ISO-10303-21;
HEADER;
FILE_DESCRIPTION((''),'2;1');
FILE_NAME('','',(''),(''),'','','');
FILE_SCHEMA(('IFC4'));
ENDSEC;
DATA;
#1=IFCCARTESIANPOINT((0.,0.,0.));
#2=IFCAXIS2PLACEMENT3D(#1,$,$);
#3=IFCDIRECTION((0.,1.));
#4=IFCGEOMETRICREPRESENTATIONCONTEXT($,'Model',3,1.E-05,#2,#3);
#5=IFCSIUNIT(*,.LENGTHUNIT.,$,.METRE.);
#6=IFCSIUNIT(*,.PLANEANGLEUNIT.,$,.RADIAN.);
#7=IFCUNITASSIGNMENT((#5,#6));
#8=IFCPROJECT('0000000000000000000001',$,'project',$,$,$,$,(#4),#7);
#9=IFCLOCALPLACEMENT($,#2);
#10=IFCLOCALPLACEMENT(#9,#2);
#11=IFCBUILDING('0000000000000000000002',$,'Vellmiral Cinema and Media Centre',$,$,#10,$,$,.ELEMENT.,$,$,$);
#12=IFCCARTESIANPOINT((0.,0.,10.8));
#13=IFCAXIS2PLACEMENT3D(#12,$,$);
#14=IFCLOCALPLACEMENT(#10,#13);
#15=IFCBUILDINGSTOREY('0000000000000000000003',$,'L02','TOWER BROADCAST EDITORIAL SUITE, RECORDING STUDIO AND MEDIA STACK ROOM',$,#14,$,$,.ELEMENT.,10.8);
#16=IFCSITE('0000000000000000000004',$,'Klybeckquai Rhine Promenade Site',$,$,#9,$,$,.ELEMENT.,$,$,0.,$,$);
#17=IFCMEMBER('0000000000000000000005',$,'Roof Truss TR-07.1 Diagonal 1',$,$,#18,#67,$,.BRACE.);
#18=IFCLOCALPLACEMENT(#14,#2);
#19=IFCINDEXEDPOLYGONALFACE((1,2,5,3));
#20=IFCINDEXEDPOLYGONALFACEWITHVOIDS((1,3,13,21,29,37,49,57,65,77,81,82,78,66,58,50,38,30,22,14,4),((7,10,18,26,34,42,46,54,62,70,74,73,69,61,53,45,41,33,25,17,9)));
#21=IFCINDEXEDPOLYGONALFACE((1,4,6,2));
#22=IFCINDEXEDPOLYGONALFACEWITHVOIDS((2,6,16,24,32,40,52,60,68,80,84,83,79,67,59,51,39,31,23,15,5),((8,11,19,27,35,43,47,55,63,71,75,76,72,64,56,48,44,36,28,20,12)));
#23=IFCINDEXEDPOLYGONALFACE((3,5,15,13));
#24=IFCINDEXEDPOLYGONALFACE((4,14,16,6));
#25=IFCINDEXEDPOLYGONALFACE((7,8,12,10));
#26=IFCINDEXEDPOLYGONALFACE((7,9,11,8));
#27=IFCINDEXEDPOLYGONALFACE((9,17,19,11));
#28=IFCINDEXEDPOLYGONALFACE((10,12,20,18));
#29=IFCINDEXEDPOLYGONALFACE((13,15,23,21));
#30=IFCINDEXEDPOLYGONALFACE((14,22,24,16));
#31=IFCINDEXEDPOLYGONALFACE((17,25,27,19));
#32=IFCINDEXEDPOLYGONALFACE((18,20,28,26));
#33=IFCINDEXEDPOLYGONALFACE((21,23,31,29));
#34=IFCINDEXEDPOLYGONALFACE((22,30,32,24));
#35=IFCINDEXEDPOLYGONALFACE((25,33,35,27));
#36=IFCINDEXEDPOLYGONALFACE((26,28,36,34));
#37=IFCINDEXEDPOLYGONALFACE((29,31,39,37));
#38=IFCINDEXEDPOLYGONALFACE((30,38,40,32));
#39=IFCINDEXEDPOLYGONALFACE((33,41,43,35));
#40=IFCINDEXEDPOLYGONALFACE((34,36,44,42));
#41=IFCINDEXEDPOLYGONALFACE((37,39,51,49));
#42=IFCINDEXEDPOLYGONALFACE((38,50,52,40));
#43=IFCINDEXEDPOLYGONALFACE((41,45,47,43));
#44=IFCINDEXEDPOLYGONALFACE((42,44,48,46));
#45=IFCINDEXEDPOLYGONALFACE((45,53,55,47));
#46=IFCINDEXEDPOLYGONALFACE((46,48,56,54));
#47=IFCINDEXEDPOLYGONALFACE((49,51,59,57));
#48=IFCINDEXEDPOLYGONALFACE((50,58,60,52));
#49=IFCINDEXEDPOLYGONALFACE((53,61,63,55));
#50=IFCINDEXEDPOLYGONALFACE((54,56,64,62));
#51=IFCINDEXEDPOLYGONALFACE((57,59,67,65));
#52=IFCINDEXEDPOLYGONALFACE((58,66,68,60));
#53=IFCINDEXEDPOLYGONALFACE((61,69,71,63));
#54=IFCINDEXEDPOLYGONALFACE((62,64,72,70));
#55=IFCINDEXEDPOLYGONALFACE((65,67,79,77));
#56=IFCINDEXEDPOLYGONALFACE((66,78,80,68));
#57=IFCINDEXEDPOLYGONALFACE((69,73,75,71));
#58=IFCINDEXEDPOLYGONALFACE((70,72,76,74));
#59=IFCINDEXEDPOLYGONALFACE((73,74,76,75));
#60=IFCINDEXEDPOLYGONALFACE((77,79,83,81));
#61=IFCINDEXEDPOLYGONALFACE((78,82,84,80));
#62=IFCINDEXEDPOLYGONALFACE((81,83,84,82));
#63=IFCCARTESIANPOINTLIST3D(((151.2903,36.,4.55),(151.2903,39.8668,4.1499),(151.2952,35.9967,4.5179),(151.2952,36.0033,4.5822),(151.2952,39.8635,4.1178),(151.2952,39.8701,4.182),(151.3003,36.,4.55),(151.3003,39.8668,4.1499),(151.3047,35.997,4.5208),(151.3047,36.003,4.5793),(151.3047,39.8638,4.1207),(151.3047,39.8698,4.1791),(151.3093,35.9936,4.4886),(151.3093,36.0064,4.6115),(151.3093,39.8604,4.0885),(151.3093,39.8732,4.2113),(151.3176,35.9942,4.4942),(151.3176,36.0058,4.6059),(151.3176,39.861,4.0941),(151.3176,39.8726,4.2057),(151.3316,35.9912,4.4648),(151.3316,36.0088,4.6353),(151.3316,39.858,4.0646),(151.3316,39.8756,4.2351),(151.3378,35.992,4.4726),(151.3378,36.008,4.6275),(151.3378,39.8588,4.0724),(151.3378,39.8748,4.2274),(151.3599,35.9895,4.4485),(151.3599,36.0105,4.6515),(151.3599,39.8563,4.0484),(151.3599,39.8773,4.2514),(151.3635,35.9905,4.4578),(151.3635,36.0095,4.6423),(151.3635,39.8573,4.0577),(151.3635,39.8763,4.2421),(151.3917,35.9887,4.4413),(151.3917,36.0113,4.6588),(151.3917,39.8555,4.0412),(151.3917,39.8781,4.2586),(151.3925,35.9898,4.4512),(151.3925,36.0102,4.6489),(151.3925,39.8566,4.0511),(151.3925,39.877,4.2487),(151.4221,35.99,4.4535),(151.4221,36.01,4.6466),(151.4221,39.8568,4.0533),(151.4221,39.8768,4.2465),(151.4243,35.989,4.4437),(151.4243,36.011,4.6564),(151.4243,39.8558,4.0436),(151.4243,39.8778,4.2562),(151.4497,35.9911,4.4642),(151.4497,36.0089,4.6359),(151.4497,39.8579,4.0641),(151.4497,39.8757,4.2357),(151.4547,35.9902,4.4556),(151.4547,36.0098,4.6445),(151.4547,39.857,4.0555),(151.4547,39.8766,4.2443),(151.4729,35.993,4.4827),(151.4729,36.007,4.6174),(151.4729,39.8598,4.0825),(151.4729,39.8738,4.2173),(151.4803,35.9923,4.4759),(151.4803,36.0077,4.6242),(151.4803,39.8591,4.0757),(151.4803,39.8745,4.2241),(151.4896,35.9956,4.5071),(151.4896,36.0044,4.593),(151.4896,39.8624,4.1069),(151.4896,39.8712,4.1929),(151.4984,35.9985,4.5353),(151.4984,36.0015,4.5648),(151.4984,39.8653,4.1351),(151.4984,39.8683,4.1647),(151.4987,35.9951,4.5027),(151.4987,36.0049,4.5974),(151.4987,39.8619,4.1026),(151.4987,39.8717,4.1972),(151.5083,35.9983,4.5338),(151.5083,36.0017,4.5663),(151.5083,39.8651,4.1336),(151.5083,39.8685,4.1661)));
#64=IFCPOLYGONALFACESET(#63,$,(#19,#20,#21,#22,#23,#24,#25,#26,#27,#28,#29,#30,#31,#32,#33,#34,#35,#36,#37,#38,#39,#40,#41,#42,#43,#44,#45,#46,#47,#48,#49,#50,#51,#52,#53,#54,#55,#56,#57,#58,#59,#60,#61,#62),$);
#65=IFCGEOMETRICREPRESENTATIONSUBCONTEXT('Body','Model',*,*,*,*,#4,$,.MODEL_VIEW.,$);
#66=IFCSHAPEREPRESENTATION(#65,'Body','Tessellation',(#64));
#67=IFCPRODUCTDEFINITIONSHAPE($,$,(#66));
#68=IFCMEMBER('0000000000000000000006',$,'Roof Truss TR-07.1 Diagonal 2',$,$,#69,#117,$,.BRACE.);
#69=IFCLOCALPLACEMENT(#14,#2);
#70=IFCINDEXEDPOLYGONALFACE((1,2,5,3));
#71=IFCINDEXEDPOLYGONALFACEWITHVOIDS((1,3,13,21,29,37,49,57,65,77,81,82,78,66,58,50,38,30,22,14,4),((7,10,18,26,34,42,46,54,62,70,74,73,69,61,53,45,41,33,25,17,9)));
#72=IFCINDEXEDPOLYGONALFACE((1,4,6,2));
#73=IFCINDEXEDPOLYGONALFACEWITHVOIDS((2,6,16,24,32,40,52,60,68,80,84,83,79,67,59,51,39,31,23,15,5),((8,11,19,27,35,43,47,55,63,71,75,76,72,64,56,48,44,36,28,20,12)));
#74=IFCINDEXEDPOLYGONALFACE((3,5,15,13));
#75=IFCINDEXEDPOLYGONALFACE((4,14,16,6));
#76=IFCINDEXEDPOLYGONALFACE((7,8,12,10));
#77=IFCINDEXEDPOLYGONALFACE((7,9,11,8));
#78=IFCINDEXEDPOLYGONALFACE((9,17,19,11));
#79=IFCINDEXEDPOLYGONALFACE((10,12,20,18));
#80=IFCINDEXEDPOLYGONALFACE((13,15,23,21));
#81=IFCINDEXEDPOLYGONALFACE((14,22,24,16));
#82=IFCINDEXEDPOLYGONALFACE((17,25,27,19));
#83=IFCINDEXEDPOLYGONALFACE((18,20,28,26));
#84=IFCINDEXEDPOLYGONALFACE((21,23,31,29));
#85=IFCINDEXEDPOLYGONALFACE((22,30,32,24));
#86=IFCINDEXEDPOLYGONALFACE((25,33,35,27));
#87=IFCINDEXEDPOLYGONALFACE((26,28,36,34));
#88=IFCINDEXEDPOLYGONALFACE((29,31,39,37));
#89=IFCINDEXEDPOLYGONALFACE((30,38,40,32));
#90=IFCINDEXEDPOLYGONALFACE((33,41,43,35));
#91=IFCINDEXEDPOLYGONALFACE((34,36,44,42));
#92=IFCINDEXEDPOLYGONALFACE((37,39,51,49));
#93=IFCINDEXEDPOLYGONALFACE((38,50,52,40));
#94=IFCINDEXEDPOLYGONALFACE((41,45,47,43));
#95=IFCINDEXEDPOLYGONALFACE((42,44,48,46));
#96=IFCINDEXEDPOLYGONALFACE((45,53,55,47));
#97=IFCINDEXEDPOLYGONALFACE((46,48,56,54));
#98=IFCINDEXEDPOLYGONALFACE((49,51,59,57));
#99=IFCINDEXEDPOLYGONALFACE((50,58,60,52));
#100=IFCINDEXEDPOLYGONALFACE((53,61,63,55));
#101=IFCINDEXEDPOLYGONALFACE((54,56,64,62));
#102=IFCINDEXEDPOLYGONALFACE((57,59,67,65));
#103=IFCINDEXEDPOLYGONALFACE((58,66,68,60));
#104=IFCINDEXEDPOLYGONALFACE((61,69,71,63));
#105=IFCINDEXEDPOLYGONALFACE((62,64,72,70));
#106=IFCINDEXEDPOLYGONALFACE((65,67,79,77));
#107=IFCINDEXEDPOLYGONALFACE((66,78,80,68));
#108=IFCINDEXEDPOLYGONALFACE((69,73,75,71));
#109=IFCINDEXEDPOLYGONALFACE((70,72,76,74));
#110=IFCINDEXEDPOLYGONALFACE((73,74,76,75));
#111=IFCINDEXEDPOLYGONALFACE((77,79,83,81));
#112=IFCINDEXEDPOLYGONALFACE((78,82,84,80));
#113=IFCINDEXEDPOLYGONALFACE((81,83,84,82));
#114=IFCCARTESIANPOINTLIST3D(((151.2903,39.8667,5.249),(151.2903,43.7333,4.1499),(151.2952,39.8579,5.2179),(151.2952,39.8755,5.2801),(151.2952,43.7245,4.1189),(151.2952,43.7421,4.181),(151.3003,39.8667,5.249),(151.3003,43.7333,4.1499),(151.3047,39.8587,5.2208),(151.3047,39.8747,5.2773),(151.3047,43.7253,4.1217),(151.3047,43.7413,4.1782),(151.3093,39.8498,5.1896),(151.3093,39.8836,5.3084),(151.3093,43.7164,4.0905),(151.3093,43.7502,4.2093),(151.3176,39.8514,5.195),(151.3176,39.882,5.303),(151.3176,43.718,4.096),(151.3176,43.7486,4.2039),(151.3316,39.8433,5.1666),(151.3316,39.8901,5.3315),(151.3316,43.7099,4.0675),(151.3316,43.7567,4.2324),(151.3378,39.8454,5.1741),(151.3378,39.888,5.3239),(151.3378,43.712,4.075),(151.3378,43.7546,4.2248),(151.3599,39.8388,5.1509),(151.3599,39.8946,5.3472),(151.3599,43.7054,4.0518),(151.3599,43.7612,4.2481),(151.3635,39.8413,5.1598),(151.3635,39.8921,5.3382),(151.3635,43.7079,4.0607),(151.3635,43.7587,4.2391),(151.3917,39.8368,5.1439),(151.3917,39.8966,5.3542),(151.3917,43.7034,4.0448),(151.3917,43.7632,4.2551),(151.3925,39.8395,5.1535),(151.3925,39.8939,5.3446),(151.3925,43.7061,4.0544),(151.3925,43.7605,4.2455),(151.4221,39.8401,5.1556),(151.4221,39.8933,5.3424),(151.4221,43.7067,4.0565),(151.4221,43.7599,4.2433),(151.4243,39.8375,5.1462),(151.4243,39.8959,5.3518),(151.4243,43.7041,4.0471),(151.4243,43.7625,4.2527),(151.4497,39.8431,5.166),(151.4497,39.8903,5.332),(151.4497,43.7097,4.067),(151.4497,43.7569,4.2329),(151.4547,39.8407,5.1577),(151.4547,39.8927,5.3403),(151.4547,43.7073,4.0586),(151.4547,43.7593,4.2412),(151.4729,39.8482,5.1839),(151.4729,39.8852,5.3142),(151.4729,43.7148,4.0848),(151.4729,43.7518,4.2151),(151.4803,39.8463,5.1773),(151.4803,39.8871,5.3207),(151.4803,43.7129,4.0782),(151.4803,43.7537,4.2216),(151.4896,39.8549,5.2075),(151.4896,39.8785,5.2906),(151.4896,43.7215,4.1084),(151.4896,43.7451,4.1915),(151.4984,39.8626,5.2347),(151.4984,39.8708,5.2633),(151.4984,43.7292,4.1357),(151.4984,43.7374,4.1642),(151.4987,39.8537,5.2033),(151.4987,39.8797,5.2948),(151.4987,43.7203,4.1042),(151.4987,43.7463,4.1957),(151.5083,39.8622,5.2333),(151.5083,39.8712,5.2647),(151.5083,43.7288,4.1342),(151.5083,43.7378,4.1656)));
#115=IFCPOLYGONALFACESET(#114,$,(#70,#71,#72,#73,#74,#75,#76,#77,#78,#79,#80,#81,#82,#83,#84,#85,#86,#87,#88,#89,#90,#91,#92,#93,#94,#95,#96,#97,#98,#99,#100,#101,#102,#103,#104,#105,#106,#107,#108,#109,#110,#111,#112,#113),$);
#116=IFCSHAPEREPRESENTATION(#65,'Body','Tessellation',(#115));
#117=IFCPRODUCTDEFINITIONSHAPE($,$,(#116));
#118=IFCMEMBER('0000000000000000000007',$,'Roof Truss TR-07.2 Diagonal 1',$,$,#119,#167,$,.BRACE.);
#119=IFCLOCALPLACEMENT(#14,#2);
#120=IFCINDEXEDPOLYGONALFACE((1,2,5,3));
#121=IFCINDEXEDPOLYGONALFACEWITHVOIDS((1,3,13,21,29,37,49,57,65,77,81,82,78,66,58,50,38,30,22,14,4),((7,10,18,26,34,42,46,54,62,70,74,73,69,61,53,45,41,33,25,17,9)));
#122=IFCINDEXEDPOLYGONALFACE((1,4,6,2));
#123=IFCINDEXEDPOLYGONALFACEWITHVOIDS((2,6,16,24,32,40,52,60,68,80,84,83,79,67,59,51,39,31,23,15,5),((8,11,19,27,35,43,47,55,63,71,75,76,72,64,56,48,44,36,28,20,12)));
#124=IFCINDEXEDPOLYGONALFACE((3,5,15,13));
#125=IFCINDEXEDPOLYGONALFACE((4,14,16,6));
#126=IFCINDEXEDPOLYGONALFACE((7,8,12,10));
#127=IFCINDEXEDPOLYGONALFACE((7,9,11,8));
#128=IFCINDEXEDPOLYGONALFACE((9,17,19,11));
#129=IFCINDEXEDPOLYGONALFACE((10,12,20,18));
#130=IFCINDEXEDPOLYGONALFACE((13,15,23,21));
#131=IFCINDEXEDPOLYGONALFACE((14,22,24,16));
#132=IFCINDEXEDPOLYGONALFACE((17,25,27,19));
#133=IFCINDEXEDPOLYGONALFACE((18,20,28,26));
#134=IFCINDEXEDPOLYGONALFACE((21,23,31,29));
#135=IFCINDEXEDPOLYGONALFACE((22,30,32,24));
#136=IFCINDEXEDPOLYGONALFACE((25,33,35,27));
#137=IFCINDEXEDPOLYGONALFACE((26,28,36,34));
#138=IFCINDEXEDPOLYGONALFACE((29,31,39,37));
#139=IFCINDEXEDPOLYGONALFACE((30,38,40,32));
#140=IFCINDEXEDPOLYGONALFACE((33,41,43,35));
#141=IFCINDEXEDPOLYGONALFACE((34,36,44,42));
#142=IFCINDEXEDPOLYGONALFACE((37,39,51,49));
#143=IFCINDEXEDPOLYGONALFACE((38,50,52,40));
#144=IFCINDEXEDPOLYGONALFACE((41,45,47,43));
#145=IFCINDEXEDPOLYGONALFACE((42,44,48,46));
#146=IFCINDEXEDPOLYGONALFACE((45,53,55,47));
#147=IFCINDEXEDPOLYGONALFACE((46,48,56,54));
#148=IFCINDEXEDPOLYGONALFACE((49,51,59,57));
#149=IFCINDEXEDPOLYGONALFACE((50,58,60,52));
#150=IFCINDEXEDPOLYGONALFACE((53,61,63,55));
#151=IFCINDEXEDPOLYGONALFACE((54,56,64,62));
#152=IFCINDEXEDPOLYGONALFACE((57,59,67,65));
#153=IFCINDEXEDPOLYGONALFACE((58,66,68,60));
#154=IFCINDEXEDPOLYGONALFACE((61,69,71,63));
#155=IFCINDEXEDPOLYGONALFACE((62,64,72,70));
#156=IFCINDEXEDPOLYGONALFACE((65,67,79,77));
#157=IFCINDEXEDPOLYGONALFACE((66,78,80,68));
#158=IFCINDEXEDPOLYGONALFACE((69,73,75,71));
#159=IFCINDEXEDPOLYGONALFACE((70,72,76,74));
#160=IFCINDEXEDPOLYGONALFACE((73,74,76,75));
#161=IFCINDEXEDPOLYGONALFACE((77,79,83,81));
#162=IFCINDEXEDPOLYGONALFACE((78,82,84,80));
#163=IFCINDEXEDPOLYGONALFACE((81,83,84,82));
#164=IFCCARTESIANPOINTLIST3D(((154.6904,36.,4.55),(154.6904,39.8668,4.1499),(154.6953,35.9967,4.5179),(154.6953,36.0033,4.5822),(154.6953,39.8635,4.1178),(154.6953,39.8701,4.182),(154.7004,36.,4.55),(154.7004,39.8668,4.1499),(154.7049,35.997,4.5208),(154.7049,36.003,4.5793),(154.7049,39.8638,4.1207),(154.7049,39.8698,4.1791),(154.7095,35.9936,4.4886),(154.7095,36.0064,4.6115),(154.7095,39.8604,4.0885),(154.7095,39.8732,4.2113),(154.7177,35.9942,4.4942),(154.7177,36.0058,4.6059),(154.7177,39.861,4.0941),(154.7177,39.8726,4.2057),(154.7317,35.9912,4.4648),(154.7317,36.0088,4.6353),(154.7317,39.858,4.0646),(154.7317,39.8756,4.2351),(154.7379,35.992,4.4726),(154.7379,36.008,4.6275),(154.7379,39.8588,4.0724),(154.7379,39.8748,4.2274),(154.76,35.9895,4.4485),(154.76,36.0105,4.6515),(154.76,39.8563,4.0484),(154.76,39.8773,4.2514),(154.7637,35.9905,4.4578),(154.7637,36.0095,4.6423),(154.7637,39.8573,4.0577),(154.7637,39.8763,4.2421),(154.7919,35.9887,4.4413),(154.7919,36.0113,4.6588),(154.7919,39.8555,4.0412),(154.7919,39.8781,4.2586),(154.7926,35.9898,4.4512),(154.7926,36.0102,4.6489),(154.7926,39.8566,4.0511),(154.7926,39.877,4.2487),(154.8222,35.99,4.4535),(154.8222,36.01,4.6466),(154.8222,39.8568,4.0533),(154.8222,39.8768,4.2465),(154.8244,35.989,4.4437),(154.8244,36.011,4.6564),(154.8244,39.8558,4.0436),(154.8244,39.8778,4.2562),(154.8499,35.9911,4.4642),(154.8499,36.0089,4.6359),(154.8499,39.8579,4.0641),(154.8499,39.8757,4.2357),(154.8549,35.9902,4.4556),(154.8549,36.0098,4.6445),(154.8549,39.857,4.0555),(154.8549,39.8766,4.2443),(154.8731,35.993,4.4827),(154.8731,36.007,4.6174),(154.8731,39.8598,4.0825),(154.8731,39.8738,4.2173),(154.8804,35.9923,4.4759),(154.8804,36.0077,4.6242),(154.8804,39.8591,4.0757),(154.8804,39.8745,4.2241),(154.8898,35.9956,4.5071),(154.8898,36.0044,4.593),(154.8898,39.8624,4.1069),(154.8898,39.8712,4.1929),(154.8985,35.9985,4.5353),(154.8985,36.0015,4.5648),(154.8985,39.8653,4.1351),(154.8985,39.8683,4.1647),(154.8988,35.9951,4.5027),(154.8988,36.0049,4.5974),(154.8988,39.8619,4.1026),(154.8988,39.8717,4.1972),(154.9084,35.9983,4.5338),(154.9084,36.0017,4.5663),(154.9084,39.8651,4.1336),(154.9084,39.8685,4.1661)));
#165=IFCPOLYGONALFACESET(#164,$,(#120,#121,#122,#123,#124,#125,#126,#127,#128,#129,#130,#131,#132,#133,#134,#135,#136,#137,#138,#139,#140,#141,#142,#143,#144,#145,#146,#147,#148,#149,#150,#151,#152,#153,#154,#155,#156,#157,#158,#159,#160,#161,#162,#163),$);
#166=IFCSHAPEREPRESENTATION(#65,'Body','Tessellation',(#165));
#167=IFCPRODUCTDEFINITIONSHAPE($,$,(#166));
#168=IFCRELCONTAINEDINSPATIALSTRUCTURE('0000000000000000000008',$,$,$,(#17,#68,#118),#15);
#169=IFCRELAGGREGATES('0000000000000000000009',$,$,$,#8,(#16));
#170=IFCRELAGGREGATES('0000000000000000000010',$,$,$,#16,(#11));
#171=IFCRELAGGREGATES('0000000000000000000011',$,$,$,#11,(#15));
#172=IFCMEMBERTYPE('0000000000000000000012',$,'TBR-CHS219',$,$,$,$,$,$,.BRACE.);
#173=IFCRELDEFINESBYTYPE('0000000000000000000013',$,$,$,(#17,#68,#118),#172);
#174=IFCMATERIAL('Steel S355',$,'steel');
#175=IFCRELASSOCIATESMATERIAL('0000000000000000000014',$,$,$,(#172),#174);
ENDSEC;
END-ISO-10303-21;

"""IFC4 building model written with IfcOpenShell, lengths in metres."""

from ifc_helpers import new_model, si_unit, direction, frame, origin, origin_2d, place, context, subcontext, project, spatial, hollow_circle, extrude, material, material_profile, profile_set, type_object, element, save


model = new_model("IFC4")

# Units and contexts
model_context = context("Model", 3, precision=1e-05, world=origin(), true_north=direction((0.0, 1.0)))
body_context = subcontext(model_context, "Body", "Model", "MODEL_VIEW")
ifc_project = project(units=[si_unit("LENGTHUNIT", "METRE"), si_unit("PLANEANGLEUNIT", "RADIAN")], contexts=[model_context])

# Site, building, storey
site_placement = place(None, origin())
site = spatial("IfcSite", under=ifc_project, at=site_placement, Name="Klybeckquai Rhine Promenade Site", CompositionType="ELEMENT", RefElevation=0.0)
building_placement = place(site_placement, origin())
building = spatial("IfcBuilding", under=site, at=building_placement, Name="Vellmiral Cinema and Media Centre", CompositionType="ELEMENT")
storey_placement = place(building_placement, frame((0.0, 0.0, 10.8)))
storey = spatial("IfcBuildingStorey", under=building, at=storey_placement, Name="L02", Description="TOWER BROADCAST EDITORIAL SUITE, RECORDING STUDIO AND MEDIA STACK ROOM", CompositionType="ELEMENT", Elevation=10.8)

# Members
ifc_material_1 = material(Name="Steel S355", Category="steel")
ifc_material_profile_1 = material_profile(ifc_material_1, hollow_circle(Radius=0.1096, WallThickness=0.01, at=origin_2d()), Name="CHS 219.1x10.0")
ifc_profile_set_1 = profile_set([ifc_material_profile_1], Name="Steel S355")
member_type_1 = type_object("IfcMemberType", Name="TBR-CHS219", PredefinedType="BRACE", material=ifc_profile_set_1)
member_1_placement = place(storey_placement, frame((151.3999, 36.0, 4.55), z_axis=(0.0, 0.994688, -0.102936), x_axis=(-1.0, 0.0, 0.0)))
element("IfcMember", 1, at=member_1_placement, inside=storey, type_object=member_type_1, Name="Roof Truss TR-07.1 Diagonal 1", PredefinedType="BRACE", context=body_context, shape_type="SweptSolid", body=[
    extrude(hollow_circle(Radius=0.1096, WallThickness=0.01, at=origin_2d()), origin(), (0.0, 0.0, 1.0), 3.8875),
])
member_2_placement = place(storey_placement, frame((151.3999, 39.8667, 5.249), z_axis=(0.0, 0.961894, -0.273421), x_axis=(-1.0, 0.0, 0.0)))
element("IfcMember", 2, at=member_2_placement, inside=storey, type_object=member_type_1, Name="Roof Truss TR-07.1 Diagonal 2", PredefinedType="BRACE", context=body_context, shape_type="SweptSolid", body=[
    extrude(hollow_circle(Radius=0.1096, WallThickness=0.01, at=origin_2d()), origin(), (0.0, 0.0, 1.0), 4.0198),
])
member_3_placement = place(storey_placement, frame((154.8, 36.0, 4.55), z_axis=(0.0, 0.994688, -0.102936), x_axis=(-1.0, 0.0, 0.0)))
element("IfcMember", 3, at=member_3_placement, inside=storey, type_object=member_type_1, Name="Roof Truss TR-07.2 Diagonal 1", PredefinedType="BRACE", context=body_context, shape_type="SweptSolid", body=[
    extrude(hollow_circle(Radius=0.1096, WallThickness=0.01, at=origin_2d()), origin(), (0.0, 0.0, 1.0), 3.8875),
])

save(model, "model.ifc")
